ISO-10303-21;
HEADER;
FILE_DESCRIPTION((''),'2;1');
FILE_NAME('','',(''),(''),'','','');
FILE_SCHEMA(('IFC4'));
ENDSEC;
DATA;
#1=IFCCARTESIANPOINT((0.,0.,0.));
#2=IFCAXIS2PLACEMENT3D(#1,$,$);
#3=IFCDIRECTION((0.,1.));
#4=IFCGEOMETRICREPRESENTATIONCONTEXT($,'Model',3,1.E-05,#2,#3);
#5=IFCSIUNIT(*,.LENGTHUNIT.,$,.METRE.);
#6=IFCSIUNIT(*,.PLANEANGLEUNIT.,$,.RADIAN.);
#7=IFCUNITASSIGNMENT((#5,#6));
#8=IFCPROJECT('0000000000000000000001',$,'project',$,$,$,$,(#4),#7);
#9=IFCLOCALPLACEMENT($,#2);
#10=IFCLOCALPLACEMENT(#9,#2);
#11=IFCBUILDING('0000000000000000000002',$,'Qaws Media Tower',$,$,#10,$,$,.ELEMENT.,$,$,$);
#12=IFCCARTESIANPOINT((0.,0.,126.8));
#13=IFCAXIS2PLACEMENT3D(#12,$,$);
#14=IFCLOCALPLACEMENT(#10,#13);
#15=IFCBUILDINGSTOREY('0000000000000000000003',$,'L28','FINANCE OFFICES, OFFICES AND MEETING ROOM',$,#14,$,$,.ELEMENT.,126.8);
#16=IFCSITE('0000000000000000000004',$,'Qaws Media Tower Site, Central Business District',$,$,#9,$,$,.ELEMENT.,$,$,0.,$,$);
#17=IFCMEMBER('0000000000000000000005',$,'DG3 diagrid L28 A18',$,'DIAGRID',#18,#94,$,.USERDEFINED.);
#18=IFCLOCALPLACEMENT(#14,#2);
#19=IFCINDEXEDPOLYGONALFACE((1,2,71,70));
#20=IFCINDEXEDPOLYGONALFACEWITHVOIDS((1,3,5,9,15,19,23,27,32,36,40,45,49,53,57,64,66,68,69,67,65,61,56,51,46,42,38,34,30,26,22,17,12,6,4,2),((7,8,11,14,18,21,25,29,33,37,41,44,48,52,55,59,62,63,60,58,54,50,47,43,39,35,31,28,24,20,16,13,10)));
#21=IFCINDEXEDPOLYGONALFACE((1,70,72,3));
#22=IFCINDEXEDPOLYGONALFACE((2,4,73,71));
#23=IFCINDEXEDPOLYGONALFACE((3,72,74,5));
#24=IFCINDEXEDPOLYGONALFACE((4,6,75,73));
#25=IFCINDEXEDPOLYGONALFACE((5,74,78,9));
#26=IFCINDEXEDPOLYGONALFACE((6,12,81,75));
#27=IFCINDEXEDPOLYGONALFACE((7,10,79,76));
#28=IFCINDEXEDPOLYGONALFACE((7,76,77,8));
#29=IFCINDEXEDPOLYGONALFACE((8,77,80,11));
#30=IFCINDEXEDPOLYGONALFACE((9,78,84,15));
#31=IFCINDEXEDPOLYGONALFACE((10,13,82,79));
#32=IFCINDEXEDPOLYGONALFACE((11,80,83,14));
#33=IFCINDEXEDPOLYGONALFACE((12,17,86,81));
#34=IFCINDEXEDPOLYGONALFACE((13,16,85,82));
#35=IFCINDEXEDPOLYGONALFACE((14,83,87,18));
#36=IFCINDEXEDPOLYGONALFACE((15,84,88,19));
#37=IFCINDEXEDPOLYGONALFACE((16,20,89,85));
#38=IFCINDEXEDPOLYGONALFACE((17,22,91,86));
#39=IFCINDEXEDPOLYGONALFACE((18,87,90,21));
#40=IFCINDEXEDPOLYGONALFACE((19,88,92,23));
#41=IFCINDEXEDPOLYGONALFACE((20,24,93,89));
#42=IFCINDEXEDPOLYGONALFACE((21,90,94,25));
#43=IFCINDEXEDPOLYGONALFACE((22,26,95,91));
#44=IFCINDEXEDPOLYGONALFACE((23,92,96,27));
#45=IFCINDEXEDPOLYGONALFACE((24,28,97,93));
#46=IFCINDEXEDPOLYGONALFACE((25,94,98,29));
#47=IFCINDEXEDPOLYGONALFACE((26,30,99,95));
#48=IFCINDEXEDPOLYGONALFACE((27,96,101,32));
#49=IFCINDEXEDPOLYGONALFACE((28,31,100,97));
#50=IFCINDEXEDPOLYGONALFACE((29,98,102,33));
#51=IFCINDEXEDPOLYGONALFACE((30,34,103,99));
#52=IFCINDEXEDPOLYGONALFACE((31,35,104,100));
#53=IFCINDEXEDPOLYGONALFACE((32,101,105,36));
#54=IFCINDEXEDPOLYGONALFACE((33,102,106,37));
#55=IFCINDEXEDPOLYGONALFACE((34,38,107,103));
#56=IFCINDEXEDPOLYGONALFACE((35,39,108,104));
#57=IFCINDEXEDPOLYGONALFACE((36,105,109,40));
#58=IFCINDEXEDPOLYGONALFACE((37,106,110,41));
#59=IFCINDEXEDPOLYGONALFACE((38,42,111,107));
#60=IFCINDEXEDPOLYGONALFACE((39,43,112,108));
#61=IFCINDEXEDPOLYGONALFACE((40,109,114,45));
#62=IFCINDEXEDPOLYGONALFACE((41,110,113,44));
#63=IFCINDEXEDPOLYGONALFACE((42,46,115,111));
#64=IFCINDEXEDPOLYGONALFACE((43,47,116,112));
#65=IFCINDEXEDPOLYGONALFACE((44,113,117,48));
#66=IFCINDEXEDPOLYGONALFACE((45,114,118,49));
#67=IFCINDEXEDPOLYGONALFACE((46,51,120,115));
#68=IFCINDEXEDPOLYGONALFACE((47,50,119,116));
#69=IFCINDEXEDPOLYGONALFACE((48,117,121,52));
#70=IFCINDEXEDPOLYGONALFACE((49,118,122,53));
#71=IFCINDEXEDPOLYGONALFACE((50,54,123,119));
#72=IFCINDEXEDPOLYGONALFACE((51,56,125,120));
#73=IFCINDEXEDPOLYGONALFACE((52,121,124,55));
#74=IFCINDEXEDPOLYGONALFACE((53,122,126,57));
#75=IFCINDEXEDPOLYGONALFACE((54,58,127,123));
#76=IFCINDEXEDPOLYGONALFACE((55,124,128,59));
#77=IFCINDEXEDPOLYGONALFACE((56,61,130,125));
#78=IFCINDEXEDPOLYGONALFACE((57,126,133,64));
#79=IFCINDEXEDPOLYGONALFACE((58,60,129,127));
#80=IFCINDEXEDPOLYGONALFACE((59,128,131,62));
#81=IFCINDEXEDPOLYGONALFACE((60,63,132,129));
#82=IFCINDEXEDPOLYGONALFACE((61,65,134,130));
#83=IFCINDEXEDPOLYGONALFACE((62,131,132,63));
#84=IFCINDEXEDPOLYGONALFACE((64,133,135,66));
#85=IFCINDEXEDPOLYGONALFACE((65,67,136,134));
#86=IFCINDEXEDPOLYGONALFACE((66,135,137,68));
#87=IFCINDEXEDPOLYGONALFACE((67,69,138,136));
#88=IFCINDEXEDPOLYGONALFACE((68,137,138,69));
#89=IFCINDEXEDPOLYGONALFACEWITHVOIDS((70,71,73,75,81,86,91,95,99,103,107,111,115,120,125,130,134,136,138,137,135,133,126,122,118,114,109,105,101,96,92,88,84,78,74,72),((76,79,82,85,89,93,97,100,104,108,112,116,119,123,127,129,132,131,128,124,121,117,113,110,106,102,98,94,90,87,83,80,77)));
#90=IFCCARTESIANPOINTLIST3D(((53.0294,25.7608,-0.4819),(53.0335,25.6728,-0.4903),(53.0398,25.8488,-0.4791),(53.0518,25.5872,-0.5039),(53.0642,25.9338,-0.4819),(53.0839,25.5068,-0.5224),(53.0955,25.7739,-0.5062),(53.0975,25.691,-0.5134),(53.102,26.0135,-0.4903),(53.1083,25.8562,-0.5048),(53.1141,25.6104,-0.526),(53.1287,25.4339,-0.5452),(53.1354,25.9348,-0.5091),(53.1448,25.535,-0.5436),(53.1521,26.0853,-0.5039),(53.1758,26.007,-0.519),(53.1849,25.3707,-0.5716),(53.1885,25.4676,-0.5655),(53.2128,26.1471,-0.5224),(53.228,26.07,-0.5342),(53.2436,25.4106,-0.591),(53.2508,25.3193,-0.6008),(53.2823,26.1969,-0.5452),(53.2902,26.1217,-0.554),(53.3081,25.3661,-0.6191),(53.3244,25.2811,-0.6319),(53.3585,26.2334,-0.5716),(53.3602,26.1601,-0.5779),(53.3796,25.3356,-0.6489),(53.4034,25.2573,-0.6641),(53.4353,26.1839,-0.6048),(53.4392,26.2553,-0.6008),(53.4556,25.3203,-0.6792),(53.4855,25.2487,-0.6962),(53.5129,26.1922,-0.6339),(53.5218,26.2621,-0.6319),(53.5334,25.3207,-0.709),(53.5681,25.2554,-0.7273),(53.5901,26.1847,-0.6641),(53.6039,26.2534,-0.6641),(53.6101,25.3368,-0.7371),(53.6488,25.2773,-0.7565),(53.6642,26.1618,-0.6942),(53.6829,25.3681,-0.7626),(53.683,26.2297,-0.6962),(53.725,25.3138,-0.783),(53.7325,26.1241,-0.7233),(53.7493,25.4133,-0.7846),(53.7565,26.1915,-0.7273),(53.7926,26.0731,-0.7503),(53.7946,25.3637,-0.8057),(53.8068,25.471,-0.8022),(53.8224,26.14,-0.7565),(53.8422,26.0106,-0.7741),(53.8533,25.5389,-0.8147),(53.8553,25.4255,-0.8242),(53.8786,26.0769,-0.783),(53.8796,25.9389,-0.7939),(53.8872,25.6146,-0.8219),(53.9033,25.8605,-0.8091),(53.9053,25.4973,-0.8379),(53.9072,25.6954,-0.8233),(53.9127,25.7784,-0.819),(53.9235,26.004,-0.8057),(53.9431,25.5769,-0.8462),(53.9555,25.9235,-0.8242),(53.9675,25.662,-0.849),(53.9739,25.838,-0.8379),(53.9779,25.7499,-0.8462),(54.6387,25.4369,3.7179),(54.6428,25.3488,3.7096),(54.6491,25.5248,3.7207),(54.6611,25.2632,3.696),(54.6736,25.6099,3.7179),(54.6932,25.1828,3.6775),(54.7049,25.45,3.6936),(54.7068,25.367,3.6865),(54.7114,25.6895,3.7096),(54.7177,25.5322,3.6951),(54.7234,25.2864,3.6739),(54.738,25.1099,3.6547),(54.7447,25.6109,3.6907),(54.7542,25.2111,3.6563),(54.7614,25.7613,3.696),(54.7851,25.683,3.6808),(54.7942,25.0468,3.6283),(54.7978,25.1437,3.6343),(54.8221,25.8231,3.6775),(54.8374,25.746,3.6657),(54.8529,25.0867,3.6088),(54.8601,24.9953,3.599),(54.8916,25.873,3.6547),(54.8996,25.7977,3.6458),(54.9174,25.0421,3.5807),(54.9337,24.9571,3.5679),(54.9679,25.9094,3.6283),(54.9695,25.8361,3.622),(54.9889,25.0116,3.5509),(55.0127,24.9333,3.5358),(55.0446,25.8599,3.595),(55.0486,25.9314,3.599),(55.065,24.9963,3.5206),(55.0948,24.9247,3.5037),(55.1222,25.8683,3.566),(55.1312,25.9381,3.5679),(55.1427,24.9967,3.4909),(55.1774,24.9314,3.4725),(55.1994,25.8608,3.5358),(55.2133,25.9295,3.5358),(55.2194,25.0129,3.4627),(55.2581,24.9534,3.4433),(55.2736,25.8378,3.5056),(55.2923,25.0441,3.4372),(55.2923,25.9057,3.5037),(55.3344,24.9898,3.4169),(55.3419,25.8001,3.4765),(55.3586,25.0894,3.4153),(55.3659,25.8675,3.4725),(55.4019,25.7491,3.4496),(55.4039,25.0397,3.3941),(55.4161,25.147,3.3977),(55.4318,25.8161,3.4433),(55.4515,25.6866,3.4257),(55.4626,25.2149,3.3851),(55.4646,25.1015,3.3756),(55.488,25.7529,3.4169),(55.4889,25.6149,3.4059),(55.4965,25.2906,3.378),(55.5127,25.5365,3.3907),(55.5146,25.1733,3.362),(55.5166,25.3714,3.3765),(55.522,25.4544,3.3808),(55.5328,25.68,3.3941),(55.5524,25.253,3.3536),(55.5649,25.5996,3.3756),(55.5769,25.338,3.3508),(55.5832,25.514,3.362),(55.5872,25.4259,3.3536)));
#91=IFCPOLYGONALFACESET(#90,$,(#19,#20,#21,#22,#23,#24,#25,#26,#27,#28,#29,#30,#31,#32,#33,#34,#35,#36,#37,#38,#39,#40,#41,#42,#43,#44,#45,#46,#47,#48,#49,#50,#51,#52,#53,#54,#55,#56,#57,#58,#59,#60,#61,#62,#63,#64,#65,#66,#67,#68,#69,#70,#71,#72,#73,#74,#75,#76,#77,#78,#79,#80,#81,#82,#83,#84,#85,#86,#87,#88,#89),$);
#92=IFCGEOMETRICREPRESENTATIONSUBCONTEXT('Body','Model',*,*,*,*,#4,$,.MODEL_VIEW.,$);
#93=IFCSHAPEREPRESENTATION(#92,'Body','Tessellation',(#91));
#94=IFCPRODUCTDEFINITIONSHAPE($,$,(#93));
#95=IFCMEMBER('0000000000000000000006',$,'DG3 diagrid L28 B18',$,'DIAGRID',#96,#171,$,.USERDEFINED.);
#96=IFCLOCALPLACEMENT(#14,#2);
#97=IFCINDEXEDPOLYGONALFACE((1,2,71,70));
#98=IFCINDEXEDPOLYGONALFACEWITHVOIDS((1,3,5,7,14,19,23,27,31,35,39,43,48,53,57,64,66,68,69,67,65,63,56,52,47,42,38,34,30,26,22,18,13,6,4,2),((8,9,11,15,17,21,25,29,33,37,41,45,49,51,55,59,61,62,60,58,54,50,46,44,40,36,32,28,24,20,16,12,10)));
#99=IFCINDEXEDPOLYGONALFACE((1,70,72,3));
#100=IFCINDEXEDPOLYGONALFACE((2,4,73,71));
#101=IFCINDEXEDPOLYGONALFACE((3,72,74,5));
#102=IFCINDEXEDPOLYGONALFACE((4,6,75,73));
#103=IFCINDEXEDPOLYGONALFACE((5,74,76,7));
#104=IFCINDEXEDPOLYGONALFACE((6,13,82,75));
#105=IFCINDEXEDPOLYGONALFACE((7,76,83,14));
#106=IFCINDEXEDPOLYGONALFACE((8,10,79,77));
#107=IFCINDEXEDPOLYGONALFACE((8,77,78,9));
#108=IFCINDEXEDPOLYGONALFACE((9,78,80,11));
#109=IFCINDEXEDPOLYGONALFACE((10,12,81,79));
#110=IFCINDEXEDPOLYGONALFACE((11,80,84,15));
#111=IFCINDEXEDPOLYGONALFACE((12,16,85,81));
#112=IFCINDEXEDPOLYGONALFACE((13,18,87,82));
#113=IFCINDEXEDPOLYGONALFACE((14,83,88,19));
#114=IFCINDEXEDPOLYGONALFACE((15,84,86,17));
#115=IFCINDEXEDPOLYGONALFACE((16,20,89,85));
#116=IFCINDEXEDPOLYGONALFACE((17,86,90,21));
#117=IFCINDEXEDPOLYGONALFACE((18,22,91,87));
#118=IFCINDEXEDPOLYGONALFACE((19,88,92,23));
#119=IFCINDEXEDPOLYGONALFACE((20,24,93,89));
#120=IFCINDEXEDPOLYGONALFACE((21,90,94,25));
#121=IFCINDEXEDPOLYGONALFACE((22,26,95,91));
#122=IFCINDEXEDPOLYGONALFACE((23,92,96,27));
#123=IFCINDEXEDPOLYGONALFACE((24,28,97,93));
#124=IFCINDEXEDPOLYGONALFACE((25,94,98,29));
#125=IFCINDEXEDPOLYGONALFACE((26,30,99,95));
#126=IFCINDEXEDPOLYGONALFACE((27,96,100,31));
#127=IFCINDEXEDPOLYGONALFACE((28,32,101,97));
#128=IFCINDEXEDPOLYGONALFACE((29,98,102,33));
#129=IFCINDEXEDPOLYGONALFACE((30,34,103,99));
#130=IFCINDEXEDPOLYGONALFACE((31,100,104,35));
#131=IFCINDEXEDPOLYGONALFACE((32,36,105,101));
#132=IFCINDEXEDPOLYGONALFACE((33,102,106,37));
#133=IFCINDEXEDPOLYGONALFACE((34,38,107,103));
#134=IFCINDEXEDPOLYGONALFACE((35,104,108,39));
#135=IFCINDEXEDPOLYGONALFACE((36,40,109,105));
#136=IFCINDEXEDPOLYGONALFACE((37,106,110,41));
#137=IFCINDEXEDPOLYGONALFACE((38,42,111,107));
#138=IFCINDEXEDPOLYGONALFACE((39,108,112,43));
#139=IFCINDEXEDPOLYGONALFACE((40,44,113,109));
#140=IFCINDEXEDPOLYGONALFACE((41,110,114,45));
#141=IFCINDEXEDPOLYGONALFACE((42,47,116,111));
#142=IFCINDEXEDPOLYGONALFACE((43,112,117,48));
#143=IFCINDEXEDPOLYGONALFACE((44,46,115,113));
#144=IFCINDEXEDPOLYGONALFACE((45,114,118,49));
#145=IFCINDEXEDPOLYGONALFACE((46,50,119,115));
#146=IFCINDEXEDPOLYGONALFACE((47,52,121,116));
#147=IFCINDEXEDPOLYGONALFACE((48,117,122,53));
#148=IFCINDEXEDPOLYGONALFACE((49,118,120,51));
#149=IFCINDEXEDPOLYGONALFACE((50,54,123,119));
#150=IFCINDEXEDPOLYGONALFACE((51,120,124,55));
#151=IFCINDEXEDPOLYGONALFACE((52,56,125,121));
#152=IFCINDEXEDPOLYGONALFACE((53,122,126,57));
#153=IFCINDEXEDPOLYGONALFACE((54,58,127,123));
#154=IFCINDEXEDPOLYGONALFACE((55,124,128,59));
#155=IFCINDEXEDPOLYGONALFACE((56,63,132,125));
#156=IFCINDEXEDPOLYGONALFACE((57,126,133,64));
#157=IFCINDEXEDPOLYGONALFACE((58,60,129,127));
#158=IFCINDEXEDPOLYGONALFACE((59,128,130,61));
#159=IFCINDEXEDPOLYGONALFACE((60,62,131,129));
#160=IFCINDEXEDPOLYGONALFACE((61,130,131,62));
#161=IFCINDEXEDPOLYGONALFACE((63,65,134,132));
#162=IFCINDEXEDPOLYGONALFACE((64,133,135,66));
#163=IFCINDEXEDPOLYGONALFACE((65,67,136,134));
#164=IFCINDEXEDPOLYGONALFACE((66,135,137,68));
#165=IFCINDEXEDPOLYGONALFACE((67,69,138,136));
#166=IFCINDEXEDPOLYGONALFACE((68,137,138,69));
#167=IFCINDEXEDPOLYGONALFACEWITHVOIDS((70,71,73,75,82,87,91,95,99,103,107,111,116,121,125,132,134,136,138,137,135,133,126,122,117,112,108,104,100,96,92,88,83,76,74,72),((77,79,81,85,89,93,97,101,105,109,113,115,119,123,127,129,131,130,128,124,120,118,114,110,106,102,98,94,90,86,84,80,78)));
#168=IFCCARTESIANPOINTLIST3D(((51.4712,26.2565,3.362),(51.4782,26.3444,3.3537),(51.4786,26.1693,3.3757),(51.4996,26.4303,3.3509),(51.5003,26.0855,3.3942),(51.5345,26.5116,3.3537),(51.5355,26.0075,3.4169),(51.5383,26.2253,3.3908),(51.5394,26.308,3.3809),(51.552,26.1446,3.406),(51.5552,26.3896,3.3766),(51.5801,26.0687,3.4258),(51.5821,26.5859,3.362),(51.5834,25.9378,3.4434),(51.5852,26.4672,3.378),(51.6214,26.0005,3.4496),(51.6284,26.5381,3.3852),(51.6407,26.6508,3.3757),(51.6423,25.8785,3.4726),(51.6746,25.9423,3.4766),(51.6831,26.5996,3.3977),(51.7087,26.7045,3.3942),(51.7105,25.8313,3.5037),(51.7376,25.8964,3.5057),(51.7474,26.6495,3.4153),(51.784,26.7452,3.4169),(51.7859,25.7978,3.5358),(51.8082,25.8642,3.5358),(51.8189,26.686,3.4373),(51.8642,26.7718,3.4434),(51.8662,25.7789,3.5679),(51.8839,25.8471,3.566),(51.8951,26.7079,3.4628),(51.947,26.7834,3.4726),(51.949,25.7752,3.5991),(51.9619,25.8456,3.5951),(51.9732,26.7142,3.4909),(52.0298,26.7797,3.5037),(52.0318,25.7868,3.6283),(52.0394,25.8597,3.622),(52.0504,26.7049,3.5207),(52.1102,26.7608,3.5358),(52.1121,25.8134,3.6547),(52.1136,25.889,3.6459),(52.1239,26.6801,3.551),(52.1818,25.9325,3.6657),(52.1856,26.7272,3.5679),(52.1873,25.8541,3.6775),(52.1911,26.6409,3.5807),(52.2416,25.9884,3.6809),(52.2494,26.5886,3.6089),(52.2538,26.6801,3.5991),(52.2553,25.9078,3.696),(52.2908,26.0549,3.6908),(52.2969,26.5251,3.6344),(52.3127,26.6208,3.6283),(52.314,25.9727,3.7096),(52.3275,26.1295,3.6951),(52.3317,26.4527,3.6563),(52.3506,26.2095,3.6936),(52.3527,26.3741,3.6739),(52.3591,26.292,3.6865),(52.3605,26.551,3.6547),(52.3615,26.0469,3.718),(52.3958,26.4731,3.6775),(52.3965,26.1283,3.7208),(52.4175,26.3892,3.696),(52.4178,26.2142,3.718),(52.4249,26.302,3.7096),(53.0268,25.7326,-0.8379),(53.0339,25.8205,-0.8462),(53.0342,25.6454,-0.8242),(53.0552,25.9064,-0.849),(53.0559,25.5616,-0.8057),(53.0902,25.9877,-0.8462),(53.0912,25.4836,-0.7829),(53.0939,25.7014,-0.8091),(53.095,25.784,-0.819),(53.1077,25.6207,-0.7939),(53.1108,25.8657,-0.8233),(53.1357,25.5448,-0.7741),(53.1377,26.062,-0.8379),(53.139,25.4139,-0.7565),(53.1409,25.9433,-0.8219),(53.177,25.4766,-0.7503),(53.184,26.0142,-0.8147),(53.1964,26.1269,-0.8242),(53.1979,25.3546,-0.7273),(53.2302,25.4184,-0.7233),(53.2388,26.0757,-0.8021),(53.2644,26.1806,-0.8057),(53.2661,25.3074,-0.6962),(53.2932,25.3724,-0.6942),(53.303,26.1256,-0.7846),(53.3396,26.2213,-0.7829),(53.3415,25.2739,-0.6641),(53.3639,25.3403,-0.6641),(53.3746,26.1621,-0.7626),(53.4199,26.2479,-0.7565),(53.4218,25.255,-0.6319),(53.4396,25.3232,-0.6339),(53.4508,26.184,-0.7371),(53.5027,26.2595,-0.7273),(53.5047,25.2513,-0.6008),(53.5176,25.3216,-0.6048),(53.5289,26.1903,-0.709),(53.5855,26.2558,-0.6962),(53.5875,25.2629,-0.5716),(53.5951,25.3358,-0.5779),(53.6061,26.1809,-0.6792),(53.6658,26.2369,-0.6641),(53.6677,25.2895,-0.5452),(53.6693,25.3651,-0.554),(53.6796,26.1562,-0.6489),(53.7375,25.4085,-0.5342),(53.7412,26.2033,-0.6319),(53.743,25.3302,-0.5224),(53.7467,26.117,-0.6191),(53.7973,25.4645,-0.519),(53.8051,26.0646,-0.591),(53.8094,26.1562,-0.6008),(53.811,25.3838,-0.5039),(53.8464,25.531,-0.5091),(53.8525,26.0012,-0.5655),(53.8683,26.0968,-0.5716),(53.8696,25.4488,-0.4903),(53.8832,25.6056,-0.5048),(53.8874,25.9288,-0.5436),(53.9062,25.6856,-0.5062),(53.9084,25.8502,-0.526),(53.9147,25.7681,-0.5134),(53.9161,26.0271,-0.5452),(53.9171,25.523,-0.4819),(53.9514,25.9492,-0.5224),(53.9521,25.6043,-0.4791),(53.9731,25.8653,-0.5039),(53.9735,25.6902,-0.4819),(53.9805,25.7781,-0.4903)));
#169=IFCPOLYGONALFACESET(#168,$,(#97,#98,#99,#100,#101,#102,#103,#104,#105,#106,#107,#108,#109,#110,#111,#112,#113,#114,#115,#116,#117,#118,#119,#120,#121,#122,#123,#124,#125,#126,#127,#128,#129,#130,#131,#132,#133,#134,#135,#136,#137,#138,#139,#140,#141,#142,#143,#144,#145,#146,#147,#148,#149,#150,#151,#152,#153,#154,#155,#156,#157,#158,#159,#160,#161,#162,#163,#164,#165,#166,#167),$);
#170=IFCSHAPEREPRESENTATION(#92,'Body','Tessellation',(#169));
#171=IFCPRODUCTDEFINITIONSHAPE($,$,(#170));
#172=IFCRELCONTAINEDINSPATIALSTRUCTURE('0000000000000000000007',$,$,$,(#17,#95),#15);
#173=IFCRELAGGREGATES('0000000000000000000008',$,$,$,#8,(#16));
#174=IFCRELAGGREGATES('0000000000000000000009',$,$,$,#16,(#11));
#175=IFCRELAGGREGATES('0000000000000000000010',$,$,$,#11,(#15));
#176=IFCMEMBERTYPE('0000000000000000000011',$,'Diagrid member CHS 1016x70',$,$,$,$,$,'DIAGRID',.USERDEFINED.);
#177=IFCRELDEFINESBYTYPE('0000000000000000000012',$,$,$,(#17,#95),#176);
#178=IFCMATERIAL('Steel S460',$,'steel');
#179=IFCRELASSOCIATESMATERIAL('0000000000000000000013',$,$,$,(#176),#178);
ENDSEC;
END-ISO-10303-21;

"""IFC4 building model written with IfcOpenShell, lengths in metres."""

from ifc_helpers import new_model, si_unit, direction, frame, origin, origin_2d, place, context, subcontext, project, spatial, hollow_circle, extrude, material, material_profile, profile_set, type_object, element, save


model = new_model("IFC4")

# Units and contexts
model_context = context("Model", 3, precision=1e-05, world=origin(), true_north=direction((0.0, 1.0)))
body_context = subcontext(model_context, "Body", "Model", "MODEL_VIEW")
ifc_project = project(units=[si_unit("LENGTHUNIT", "METRE"), si_unit("PLANEANGLEUNIT", "RADIAN")], contexts=[model_context])

# Site, building, storey
site_placement = place(None, origin())
site = spatial("IfcSite", under=ifc_project, at=site_placement, Name="Qaws Media Tower Site, Central Business District", CompositionType="ELEMENT", RefElevation=0.0)
building_placement = place(site_placement, origin())
building = spatial("IfcBuilding", under=site, at=building_placement, Name="Qaws Media Tower", CompositionType="ELEMENT")
storey_placement = place(building_placement, frame((0.0, 0.0, 126.8)))
storey = spatial("IfcBuildingStorey", under=building, at=storey_placement, Name="L28", Description="FINANCE OFFICES, OFFICES AND MEETING ROOM", CompositionType="ELEMENT", Elevation=126.8)

# Members
ifc_material_1 = material(Name="Steel S460", Category="steel")
ifc_material_profile_1 = material_profile(ifc_material_1, hollow_circle(Radius=0.5081, WallThickness=0.0701, at=origin_2d()), Name="CHS 1016x70")
ifc_profile_set_1 = profile_set([ifc_material_profile_1], Name="Steel S460")
member_type_1 = type_object("IfcMemberType", Name="Diagrid member CHS 1016x70", ElementType="DIAGRID", PredefinedType="USERDEFINED", material=ifc_profile_set_1)
for number, where, z_axis, x_axis, name in (
    (1, (53.5037, 25.7554, -0.6641), (0.356894, -0.071844, 0.931378), (0.197346, 0.980334, 0.0), "DG3 diagrid L28 A18"),
    (2, (53.5037, 25.7554, -0.6641), (-0.344987, 0.116187, 0.931389), (-0.319171, -0.947697, 0.0), "DG3 diagrid L28 B18"),
):
    element("IfcMember", number, at=place(storey_placement, frame(where, z_axis=z_axis, x_axis=x_axis)), inside=storey, type_object=member_type_1, Name=name, ObjectType="DIAGRID", PredefinedType="USERDEFINED", context=body_context, shape_type="SweptSolid", body=[
        extrude(hollow_circle(Radius=0.5081, WallThickness=0.0701, at=origin_2d()), origin(), (0.0, 0.0, 1.0), 4.5093),
    ])

save(model, "model.ifc")
